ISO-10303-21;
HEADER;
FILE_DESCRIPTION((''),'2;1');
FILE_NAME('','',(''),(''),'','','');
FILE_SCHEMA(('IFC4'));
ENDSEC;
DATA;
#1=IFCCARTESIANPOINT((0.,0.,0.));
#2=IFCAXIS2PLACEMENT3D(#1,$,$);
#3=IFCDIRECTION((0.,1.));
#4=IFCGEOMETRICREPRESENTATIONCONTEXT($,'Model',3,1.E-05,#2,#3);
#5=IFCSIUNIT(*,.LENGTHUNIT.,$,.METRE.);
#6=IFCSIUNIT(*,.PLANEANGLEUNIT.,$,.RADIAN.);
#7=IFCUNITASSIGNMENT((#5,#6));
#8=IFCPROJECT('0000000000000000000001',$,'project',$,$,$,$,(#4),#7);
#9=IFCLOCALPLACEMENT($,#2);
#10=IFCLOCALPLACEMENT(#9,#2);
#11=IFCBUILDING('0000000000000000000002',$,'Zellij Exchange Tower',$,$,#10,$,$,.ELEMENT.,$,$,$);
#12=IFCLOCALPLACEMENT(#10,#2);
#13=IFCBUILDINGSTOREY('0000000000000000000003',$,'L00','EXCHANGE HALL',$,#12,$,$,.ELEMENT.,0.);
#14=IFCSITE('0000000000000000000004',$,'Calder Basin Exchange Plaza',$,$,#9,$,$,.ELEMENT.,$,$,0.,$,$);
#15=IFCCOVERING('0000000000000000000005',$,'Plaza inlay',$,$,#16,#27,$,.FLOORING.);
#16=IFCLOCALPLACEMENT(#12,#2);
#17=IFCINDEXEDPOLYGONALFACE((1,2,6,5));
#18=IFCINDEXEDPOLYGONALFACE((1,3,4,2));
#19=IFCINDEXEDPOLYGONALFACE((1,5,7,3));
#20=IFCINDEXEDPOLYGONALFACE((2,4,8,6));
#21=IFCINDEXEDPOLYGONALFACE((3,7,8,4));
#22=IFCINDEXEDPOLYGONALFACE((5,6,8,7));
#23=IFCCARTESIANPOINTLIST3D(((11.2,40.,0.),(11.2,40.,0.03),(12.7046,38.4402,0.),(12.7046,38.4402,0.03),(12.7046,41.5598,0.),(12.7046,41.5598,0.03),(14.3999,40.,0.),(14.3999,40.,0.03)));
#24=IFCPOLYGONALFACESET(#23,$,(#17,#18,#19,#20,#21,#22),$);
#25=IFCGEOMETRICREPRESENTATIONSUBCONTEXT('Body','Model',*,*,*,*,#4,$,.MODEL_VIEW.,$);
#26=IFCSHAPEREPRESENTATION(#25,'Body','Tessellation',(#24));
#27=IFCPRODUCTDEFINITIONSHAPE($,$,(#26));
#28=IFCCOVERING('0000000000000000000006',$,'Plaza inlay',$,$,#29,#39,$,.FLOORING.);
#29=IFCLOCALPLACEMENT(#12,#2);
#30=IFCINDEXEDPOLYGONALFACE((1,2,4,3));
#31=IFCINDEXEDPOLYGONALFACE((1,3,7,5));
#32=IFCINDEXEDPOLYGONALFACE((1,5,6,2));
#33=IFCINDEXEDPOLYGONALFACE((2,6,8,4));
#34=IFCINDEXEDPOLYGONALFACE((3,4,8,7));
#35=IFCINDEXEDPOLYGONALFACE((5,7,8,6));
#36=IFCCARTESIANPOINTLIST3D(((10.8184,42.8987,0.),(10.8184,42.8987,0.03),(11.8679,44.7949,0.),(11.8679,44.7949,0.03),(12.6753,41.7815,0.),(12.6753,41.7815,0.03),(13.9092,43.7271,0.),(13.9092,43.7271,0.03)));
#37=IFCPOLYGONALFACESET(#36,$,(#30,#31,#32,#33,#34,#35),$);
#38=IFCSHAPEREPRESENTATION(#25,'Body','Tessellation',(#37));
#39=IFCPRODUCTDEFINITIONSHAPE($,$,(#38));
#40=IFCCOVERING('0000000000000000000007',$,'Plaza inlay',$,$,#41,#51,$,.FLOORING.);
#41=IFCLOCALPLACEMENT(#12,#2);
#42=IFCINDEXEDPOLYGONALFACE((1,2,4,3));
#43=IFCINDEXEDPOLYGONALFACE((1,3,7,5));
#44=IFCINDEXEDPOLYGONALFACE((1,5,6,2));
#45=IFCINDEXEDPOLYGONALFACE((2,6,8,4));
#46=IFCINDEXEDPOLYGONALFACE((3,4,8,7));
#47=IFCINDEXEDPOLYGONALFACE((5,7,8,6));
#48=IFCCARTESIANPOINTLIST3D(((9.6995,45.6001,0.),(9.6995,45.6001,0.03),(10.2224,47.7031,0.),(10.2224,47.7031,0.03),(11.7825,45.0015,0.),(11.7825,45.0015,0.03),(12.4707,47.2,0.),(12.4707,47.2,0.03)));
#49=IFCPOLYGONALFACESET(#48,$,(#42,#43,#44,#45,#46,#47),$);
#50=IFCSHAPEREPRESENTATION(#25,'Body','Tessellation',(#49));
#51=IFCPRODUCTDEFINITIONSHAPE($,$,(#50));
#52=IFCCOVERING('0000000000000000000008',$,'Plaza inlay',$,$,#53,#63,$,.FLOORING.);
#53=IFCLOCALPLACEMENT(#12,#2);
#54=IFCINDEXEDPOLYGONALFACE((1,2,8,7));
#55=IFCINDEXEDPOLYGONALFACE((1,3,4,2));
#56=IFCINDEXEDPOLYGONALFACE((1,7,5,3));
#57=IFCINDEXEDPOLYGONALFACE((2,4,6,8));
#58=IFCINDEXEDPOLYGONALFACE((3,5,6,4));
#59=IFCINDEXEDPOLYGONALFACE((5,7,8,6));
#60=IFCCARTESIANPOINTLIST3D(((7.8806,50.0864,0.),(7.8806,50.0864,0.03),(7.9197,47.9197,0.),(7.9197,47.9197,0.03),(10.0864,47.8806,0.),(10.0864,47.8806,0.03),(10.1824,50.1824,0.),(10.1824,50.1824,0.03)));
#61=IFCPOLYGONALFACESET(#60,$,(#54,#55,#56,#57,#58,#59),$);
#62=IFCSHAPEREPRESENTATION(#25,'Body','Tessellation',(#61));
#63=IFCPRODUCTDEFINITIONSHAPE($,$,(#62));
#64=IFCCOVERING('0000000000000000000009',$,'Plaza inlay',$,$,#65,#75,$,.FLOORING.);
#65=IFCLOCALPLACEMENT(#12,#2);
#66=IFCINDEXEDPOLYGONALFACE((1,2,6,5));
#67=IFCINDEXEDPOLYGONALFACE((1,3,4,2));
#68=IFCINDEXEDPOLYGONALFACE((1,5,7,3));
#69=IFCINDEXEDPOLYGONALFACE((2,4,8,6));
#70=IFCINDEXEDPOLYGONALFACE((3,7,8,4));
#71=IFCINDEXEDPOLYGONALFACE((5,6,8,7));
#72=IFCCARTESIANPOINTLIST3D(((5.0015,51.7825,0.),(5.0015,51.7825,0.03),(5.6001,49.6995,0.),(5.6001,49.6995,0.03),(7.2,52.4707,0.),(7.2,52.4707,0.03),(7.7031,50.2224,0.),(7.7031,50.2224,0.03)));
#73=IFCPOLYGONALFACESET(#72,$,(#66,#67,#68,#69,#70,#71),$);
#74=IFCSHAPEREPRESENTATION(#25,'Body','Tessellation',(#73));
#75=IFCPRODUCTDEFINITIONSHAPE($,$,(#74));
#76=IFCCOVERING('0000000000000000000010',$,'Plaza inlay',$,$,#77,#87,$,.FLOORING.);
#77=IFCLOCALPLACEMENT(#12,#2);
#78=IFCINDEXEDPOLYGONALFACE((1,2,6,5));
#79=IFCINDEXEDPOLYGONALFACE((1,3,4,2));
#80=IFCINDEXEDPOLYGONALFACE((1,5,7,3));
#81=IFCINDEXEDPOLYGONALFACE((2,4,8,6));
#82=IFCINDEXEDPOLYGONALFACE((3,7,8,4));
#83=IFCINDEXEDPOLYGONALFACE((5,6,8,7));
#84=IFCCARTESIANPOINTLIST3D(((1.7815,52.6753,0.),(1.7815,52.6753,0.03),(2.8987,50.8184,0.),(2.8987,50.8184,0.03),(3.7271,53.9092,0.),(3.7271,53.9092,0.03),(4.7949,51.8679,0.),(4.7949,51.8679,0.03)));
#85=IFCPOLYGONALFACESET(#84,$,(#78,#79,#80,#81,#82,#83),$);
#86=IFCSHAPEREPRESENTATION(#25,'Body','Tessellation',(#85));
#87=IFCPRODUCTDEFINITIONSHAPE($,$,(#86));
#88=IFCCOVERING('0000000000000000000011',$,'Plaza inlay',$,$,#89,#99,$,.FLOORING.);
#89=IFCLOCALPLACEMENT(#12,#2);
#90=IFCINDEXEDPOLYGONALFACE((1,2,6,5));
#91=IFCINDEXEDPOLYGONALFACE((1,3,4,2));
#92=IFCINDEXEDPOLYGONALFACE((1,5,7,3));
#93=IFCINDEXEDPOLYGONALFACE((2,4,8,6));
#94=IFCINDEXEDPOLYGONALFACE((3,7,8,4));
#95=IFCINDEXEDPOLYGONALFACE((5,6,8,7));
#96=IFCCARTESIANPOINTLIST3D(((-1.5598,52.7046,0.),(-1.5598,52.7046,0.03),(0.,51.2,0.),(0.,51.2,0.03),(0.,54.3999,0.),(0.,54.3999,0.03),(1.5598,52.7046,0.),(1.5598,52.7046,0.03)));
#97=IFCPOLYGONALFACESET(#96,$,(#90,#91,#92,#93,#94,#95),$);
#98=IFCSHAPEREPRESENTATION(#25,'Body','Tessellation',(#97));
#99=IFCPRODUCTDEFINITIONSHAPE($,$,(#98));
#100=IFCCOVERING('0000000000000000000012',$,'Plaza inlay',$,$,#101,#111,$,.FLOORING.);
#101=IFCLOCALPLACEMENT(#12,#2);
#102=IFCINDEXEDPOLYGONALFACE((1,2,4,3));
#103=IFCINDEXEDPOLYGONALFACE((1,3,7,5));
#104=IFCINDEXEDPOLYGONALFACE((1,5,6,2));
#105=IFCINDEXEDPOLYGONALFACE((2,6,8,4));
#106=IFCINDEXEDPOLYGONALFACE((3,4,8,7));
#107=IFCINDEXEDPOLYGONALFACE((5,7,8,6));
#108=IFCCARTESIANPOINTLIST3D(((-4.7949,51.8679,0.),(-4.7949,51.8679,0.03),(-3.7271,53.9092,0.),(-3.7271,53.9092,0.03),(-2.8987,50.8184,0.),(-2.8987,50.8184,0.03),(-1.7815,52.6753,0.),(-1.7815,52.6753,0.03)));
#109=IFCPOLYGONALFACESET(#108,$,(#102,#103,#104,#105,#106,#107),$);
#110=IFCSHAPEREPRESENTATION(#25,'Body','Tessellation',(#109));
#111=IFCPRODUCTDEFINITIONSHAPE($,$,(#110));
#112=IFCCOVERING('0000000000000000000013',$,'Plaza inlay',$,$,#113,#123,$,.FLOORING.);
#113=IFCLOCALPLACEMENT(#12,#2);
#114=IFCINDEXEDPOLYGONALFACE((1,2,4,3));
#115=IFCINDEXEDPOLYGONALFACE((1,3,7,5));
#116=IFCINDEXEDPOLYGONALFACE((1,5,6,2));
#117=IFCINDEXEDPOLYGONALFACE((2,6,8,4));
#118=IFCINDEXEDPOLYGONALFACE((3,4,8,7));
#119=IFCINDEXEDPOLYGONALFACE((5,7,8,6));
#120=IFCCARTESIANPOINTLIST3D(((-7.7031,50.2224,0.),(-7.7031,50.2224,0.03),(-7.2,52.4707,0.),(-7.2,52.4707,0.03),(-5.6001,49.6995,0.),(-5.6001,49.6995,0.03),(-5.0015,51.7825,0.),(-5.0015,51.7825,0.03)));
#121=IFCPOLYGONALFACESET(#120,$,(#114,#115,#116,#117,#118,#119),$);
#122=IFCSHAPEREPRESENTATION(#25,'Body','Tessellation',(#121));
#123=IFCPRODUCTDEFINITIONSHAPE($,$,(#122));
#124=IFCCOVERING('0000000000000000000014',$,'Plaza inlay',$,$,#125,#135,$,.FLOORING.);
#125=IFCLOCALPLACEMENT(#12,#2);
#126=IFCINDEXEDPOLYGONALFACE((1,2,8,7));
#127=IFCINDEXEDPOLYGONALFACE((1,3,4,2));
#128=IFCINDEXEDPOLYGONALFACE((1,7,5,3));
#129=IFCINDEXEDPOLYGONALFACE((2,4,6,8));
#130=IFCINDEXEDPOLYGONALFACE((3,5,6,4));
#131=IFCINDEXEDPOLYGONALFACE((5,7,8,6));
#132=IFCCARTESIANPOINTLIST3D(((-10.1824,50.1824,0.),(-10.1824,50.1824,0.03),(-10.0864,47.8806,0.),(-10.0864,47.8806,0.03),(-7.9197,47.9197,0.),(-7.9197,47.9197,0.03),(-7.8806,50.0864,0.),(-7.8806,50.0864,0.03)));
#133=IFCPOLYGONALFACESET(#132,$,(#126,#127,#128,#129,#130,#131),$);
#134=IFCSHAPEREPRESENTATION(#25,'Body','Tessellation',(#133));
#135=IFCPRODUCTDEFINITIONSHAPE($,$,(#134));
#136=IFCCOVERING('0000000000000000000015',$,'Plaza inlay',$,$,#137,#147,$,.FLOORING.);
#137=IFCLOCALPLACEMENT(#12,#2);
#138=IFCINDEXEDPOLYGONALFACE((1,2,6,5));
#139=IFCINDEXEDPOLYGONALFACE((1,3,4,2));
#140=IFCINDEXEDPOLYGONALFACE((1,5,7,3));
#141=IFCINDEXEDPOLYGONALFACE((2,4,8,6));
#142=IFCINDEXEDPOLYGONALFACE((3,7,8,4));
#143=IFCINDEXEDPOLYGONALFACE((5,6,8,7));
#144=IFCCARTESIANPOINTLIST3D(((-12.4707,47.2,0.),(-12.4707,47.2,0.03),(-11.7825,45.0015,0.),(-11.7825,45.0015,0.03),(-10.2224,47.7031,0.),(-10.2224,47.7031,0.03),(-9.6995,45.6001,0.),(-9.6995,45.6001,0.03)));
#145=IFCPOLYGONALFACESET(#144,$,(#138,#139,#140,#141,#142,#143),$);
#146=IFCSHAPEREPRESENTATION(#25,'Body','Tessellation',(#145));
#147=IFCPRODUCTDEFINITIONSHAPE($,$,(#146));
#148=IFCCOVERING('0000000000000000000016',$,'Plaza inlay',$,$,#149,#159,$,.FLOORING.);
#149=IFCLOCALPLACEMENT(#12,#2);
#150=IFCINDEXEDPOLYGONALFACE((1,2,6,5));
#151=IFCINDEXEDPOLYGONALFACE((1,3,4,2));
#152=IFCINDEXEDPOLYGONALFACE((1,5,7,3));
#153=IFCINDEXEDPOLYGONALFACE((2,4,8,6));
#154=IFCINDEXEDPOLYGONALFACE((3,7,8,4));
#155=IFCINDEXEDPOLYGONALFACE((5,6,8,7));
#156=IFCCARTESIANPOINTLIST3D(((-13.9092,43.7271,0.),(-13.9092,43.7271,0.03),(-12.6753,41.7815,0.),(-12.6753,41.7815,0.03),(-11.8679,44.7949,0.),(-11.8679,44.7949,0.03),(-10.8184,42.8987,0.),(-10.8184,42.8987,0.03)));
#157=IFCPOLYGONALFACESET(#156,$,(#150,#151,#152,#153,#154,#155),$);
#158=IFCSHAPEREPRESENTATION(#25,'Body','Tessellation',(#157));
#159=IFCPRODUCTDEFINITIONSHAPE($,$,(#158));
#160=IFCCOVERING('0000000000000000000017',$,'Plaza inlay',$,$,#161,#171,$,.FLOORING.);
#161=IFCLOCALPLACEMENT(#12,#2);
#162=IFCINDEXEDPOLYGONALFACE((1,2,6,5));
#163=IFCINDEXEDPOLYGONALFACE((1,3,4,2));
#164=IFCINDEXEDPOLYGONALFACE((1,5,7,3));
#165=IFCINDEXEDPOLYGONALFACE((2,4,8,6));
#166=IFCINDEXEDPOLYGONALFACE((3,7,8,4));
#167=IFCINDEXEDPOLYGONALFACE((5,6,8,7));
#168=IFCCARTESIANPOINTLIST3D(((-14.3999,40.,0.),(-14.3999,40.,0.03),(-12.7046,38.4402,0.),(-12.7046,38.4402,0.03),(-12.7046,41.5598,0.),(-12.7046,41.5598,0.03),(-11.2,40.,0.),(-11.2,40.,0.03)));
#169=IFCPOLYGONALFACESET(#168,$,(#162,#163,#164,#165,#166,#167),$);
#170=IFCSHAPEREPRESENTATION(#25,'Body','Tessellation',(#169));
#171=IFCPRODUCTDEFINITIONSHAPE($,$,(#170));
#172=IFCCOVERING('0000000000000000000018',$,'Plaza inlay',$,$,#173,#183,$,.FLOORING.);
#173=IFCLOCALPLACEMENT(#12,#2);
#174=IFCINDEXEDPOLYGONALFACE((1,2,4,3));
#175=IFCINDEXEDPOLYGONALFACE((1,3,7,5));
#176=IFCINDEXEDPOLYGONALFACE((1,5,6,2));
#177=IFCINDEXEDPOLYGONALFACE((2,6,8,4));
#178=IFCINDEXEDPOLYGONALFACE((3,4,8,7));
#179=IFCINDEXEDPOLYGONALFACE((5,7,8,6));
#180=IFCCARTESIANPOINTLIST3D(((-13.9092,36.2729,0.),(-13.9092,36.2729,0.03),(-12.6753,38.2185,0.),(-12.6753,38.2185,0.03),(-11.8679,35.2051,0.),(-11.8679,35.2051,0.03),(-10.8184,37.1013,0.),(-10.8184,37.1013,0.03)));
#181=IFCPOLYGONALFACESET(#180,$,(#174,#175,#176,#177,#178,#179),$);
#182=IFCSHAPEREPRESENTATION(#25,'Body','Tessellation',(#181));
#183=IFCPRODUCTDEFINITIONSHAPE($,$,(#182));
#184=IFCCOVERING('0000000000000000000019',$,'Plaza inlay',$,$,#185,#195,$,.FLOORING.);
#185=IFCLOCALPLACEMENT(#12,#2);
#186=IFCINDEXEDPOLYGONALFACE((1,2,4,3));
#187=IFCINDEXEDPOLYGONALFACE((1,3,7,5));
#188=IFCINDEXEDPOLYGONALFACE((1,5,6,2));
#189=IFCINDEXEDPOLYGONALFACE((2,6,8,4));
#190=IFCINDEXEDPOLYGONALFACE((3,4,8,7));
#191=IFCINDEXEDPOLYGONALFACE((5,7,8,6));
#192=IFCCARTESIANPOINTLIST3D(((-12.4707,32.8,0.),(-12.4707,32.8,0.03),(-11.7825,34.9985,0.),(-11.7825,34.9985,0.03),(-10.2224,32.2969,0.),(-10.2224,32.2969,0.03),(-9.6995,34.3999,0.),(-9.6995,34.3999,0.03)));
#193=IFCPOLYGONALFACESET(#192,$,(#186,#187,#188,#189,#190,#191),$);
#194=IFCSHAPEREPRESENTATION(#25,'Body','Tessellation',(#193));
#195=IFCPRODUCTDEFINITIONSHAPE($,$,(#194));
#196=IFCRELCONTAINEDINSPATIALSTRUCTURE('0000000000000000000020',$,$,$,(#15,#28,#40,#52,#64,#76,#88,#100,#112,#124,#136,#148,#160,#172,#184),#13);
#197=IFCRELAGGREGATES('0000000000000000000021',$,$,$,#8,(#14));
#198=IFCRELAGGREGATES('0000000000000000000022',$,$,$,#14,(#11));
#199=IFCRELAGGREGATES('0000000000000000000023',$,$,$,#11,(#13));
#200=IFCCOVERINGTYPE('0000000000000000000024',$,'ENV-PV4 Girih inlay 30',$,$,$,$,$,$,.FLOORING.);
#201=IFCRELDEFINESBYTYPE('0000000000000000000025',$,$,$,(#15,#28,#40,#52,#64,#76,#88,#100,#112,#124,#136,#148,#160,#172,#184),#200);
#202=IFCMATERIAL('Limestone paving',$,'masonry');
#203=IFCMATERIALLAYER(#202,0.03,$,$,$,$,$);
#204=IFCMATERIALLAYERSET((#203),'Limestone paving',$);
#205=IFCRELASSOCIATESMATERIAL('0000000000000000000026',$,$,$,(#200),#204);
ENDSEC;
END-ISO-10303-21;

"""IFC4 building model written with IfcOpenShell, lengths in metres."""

from ifc_helpers import new_model, si_unit, direction, origin, place, context, subcontext, project, spatial, polyline, outline, extrude, material, layer, layer_set, type_object, element, save


model = new_model("IFC4")

# Units and contexts
model_context = context("Model", 3, precision=1e-05, world=origin(), true_north=direction((0.0, 1.0)))
body_context = subcontext(model_context, "Body", "Model", "MODEL_VIEW")
ifc_project = project(units=[si_unit("LENGTHUNIT", "METRE"), si_unit("PLANEANGLEUNIT", "RADIAN")], contexts=[model_context])

# Site, building, storey
site_placement = place(None, origin())
site = spatial("IfcSite", under=ifc_project, at=site_placement, Name="Calder Basin Exchange Plaza", CompositionType="ELEMENT", RefElevation=0.0)
building_placement = place(site_placement, origin())
building = spatial("IfcBuilding", under=site, at=building_placement, Name="Zellij Exchange Tower", CompositionType="ELEMENT")
storey_placement = place(building_placement, origin())
storey = spatial("IfcBuildingStorey", under=building, at=storey_placement, Name="L00", Description="EXCHANGE HALL", CompositionType="ELEMENT", Elevation=0.0)

# Coverings
ifc_material = material(Name="Limestone paving", Category="masonry")
ifc_layer = layer(ifc_material, 0.03)
ifc_layer_set = layer_set([ifc_layer], Name="Limestone paving")
covering_type = type_object("IfcCoveringType", Name="ENV-PV4 Girih inlay 30", PredefinedType="FLOORING", material=ifc_layer_set)
covering_1_placement = place(storey_placement, origin())
element("IfcCovering", 1, at=covering_1_placement, inside=storey, type_object=covering_type, Name="Plaza inlay", PredefinedType="FLOORING", context=body_context, shape_type="SweptSolid", body=[
    extrude(outline(polyline([(11.2, 40.0), (12.7046, 41.5598), (14.3999, 40.0), (12.7046, 38.4402), (11.2, 40.0)])), origin(), (0.0, 0.0, 1.0), 0.03),
])
covering_2_placement = place(storey_placement, origin())
element("IfcCovering", 2, at=covering_2_placement, inside=storey, type_object=covering_type, Name="Plaza inlay", PredefinedType="FLOORING", context=body_context, shape_type="SweptSolid", body=[
    extrude(outline(polyline([(10.8184, 42.8987), (11.8679, 44.7949), (13.9092, 43.7271), (12.6753, 41.7815), (10.8184, 42.8987)])), origin(), (0.0, 0.0, 1.0), 0.03),
])
covering_3_placement = place(storey_placement, origin())
element("IfcCovering", 3, at=covering_3_placement, inside=storey, type_object=covering_type, Name="Plaza inlay", PredefinedType="FLOORING", context=body_context, shape_type="SweptSolid", body=[
    extrude(outline(polyline([(9.6995, 45.6001), (10.2224, 47.7031), (12.4707, 47.2), (11.7825, 45.0015), (9.6995, 45.6001)])), origin(), (0.0, 0.0, 1.0), 0.03),
])
covering_4_placement = place(storey_placement, origin())
element("IfcCovering", 4, at=covering_4_placement, inside=storey, type_object=covering_type, Name="Plaza inlay", PredefinedType="FLOORING", context=body_context, shape_type="SweptSolid", body=[
    extrude(outline(polyline([(7.9197, 47.9197), (7.8806, 50.0864), (10.1824, 50.1824), (10.0864, 47.8806), (7.9197, 47.9197)])), origin(), (0.0, 0.0, 1.0), 0.03),
])
covering_5_placement = place(storey_placement, origin())
element("IfcCovering", 5, at=covering_5_placement, inside=storey, type_object=covering_type, Name="Plaza inlay", PredefinedType="FLOORING", context=body_context, shape_type="SweptSolid", body=[
    extrude(outline(polyline([(5.6001, 49.6995), (5.0015, 51.7825), (7.2, 52.4707), (7.7031, 50.2224), (5.6001, 49.6995)])), origin(), (0.0, 0.0, 1.0), 0.03),
])
covering_6_placement = place(storey_placement, origin())
element("IfcCovering", 6, at=covering_6_placement, inside=storey, type_object=covering_type, Name="Plaza inlay", PredefinedType="FLOORING", context=body_context, shape_type="SweptSolid", body=[
    extrude(outline(polyline([(2.8987, 50.8184), (1.7815, 52.6753), (3.7271, 53.9092), (4.7949, 51.8679), (2.8987, 50.8184)])), origin(), (0.0, 0.0, 1.0), 0.03),
])
covering_7_placement = place(storey_placement, origin())
element("IfcCovering", 7, at=covering_7_placement, inside=storey, type_object=covering_type, Name="Plaza inlay", PredefinedType="FLOORING", context=body_context, shape_type="SweptSolid", body=[
    extrude(outline(polyline([(0.0, 51.2), (-1.5598, 52.7046), (0.0, 54.3999), (1.5598, 52.7046), (0.0, 51.2)])), origin(), (0.0, 0.0, 1.0), 0.03),
])
covering_8_placement = place(storey_placement, origin())
element("IfcCovering", 8, at=covering_8_placement, inside=storey, type_object=covering_type, Name="Plaza inlay", PredefinedType="FLOORING", context=body_context, shape_type="SweptSolid", body=[
    extrude(outline(polyline([(-2.8987, 50.8184), (-4.7949, 51.8679), (-3.7271, 53.9092), (-1.7815, 52.6753), (-2.8987, 50.8184)])), origin(), (0.0, 0.0, 1.0), 0.03),
])
covering_9_placement = place(storey_placement, origin())
element("IfcCovering", 9, at=covering_9_placement, inside=storey, type_object=covering_type, Name="Plaza inlay", PredefinedType="FLOORING", context=body_context, shape_type="SweptSolid", body=[
    extrude(outline(polyline([(-5.6001, 49.6995), (-7.7031, 50.2224), (-7.2, 52.4707), (-5.0015, 51.7825), (-5.6001, 49.6995)])), origin(), (0.0, 0.0, 1.0), 0.03),
])
covering_10_placement = place(storey_placement, origin())
element("IfcCovering", 10, at=covering_10_placement, inside=storey, type_object=covering_type, Name="Plaza inlay", PredefinedType="FLOORING", context=body_context, shape_type="SweptSolid", body=[
    extrude(outline(polyline([(-7.9197, 47.9197), (-10.0864, 47.8806), (-10.1824, 50.1824), (-7.8806, 50.0864), (-7.9197, 47.9197)])), origin(), (0.0, 0.0, 1.0), 0.03),
])
covering_11_placement = place(storey_placement, origin())
element("IfcCovering", 11, at=covering_11_placement, inside=storey, type_object=covering_type, Name="Plaza inlay", PredefinedType="FLOORING", context=body_context, shape_type="SweptSolid", body=[
    extrude(outline(polyline([(-9.6995, 45.6001), (-11.7825, 45.0015), (-12.4707, 47.2), (-10.2224, 47.7031), (-9.6995, 45.6001)])), origin(), (0.0, 0.0, 1.0), 0.03),
])
covering_12_placement = place(storey_placement, origin())
element("IfcCovering", 12, at=covering_12_placement, inside=storey, type_object=covering_type, Name="Plaza inlay", PredefinedType="FLOORING", context=body_context, shape_type="SweptSolid", body=[
    extrude(outline(polyline([(-10.8184, 42.8987), (-12.6753, 41.7815), (-13.9092, 43.7271), (-11.8679, 44.7949), (-10.8184, 42.8987)])), origin(), (0.0, 0.0, 1.0), 0.03),
])
covering_13_placement = place(storey_placement, origin())
element("IfcCovering", 13, at=covering_13_placement, inside=storey, type_object=covering_type, Name="Plaza inlay", PredefinedType="FLOORING", context=body_context, shape_type="SweptSolid", body=[
    extrude(outline(polyline([(-11.2, 40.0), (-12.7046, 38.4402), (-14.3999, 40.0), (-12.7046, 41.5598), (-11.2, 40.0)])), origin(), (0.0, 0.0, 1.0), 0.03),
])
covering_14_placement = place(storey_placement, origin())
element("IfcCovering", 14, at=covering_14_placement, inside=storey, type_object=covering_type, Name="Plaza inlay", PredefinedType="FLOORING", context=body_context, shape_type="SweptSolid", body=[
    extrude(outline(polyline([(-10.8184, 37.1013), (-11.8679, 35.2051), (-13.9092, 36.2729), (-12.6753, 38.2185), (-10.8184, 37.1013)])), origin(), (0.0, 0.0, 1.0), 0.03),
])
covering_15_placement = place(storey_placement, origin())
element("IfcCovering", 15, at=covering_15_placement, inside=storey, type_object=covering_type, Name="Plaza inlay", PredefinedType="FLOORING", context=body_context, shape_type="SweptSolid", body=[
    extrude(outline(polyline([(-9.6995, 34.3999), (-10.2224, 32.2969), (-12.4707, 32.8), (-11.7825, 34.9985), (-9.6995, 34.3999)])), origin(), (0.0, 0.0, 1.0), 0.03),
])

save(model, "model.ifc")
